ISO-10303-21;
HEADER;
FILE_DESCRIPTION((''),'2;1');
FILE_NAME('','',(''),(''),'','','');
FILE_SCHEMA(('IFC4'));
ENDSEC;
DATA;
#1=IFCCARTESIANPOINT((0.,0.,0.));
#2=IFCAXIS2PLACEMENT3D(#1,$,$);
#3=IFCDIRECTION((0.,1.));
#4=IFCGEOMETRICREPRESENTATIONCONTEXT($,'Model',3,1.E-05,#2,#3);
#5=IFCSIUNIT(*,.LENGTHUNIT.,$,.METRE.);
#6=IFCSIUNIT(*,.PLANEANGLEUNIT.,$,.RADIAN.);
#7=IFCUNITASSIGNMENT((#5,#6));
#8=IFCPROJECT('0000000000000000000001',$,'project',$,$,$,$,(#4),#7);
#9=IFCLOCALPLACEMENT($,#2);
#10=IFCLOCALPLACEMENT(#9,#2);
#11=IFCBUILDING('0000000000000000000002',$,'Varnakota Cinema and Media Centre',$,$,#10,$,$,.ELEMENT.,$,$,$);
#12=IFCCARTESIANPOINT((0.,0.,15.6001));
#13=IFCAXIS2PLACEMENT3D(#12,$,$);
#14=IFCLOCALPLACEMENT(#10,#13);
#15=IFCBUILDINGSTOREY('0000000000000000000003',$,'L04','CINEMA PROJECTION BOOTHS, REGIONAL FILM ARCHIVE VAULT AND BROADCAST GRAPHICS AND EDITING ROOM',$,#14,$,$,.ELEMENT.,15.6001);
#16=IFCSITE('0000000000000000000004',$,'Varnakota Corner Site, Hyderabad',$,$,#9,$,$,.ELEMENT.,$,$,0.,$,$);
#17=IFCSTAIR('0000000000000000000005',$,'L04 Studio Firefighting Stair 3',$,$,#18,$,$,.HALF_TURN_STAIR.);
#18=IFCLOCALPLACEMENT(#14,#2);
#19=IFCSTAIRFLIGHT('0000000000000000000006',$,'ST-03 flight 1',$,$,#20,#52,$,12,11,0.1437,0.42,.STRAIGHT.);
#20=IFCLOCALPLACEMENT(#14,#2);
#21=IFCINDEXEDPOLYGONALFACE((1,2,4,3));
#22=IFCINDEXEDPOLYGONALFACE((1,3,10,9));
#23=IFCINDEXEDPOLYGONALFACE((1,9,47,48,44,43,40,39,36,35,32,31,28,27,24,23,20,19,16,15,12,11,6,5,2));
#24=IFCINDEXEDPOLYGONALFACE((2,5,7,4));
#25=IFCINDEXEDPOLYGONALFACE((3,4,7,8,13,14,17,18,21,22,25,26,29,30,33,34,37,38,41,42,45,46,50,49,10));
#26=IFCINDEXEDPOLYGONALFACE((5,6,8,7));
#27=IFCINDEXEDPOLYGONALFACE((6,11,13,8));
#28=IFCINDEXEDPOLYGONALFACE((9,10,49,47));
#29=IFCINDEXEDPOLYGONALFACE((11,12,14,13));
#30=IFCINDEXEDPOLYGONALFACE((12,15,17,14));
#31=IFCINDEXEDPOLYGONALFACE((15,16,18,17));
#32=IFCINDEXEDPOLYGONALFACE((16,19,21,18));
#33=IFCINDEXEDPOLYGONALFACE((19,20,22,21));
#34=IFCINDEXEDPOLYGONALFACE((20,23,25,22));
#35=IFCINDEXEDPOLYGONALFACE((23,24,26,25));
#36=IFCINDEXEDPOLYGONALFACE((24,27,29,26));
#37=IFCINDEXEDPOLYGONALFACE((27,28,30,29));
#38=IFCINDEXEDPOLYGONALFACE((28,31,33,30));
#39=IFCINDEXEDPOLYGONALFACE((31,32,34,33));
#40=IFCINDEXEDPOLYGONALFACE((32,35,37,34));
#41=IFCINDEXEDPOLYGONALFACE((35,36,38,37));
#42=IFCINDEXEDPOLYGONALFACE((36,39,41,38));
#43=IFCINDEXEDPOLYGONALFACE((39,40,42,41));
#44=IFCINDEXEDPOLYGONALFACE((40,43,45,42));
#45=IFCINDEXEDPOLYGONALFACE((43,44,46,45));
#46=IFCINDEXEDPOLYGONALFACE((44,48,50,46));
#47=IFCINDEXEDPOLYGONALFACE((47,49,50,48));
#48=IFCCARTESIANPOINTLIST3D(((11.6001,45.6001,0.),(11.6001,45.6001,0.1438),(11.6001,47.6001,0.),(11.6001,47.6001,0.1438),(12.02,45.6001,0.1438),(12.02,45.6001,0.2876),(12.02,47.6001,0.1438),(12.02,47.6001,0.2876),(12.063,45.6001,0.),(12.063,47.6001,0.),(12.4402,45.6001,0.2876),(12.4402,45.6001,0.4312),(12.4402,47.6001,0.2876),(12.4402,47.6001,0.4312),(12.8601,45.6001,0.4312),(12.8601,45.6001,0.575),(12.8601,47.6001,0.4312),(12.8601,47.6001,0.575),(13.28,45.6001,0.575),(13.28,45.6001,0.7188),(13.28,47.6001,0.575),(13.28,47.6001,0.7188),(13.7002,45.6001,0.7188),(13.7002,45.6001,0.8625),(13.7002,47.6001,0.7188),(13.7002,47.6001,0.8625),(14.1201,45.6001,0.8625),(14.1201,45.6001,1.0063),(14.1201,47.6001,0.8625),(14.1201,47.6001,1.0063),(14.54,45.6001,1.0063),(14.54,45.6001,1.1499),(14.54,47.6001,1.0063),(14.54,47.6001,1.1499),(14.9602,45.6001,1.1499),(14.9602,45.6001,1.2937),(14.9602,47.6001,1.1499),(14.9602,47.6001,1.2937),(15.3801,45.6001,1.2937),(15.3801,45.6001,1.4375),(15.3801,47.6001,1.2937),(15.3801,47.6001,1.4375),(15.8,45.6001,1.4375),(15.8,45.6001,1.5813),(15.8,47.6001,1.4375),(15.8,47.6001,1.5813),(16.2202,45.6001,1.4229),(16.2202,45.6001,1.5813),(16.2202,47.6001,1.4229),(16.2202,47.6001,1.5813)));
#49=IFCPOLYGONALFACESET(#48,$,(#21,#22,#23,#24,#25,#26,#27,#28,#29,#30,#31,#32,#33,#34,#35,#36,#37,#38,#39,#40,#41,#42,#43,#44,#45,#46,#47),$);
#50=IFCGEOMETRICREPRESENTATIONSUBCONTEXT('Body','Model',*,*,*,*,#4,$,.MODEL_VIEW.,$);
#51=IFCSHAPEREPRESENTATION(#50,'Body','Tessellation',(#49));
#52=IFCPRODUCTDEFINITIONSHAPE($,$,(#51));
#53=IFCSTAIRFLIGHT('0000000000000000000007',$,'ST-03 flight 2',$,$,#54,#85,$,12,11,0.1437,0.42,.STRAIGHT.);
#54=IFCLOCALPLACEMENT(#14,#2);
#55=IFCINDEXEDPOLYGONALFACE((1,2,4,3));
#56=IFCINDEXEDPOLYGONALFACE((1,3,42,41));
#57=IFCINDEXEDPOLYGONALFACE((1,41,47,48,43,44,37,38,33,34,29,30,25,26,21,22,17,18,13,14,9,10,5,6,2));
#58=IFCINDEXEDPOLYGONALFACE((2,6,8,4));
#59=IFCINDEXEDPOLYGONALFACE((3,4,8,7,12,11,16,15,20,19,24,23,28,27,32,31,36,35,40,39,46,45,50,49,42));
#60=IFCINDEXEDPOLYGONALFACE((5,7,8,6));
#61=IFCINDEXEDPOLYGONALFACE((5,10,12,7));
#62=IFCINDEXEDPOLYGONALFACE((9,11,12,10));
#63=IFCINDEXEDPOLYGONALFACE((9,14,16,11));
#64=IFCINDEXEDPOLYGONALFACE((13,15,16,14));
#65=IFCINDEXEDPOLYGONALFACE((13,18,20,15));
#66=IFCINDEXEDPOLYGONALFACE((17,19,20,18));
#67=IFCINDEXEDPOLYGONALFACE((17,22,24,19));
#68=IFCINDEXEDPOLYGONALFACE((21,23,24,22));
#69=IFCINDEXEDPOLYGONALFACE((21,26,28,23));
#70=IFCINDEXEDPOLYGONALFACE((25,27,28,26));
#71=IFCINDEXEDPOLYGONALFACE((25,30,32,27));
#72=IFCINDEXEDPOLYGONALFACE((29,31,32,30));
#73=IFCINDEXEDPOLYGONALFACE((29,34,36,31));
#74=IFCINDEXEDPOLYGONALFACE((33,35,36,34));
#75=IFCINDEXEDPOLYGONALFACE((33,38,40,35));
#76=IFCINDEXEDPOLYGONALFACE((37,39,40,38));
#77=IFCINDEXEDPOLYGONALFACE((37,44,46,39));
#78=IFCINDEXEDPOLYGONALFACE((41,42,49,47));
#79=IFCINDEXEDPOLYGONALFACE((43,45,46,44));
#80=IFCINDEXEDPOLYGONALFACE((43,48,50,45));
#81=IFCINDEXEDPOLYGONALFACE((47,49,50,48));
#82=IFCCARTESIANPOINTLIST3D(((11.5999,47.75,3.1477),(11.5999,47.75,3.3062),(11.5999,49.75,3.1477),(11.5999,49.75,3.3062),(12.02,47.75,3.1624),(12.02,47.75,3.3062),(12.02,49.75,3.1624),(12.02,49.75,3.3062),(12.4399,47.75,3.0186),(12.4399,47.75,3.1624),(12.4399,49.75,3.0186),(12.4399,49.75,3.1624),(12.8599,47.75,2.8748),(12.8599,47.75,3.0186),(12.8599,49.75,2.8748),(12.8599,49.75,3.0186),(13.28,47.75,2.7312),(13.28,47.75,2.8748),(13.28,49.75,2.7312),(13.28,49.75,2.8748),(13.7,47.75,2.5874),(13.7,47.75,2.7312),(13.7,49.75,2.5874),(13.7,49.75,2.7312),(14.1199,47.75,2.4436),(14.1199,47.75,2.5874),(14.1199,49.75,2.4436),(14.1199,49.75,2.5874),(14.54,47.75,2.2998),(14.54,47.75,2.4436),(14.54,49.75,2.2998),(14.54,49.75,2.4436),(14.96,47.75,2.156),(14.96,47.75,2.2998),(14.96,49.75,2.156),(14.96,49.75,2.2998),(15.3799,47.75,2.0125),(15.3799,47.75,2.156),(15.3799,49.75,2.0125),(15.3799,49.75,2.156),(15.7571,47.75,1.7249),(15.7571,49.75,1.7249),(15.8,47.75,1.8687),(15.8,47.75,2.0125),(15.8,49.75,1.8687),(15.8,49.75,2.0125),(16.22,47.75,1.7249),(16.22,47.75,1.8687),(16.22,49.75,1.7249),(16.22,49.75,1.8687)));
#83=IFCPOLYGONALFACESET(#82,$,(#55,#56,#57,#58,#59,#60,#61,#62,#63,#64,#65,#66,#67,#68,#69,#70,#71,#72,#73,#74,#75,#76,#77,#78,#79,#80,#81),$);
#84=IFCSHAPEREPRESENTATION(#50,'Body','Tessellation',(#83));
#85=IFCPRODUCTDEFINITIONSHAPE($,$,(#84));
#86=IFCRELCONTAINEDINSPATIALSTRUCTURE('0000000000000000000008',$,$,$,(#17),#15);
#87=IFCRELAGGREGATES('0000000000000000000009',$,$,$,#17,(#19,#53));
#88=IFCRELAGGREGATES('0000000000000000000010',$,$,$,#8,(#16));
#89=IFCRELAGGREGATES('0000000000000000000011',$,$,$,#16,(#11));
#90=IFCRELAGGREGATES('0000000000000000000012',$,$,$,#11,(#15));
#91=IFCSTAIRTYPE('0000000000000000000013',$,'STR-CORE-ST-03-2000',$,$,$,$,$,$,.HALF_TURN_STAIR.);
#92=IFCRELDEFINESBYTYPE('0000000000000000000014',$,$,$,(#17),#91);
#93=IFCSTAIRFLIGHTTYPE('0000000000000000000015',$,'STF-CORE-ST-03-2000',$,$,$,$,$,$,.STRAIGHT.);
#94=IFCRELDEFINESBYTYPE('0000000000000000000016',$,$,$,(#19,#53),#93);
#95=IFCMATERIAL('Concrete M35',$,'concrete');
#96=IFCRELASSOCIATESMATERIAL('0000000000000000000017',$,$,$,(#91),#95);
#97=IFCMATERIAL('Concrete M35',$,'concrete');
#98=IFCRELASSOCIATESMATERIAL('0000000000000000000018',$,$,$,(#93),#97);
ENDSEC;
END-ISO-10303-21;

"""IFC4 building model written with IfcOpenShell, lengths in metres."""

from ifc_helpers import new_model, si_unit, direction, frame, origin, place, context, subcontext, project, spatial, polyline, outline, extrude, material, type_object, element, aggregate, save


model = new_model("IFC4")

# Units and contexts
model_context = context("Model", 3, precision=1e-05, world=origin(), true_north=direction((0.0, 1.0)))
body_context = subcontext(model_context, "Body", "Model", "MODEL_VIEW")
ifc_project = project(units=[si_unit("LENGTHUNIT", "METRE"), si_unit("PLANEANGLEUNIT", "RADIAN")], contexts=[model_context])

# Site, building, storey
site_placement = place(None, origin())
site = spatial("IfcSite", under=ifc_project, at=site_placement, Name="Varnakota Corner Site, Hyderabad", CompositionType="ELEMENT", RefElevation=0.0)
building_placement = place(site_placement, origin())
building = spatial("IfcBuilding", under=site, at=building_placement, Name="Varnakota Cinema and Media Centre", CompositionType="ELEMENT")
storey_placement = place(building_placement, frame((0.0, 0.0, 15.6001)))
storey = spatial("IfcBuildingStorey", under=building, at=storey_placement, Name="L04", Description="CINEMA PROJECTION BOOTHS, REGIONAL FILM ARCHIVE VAULT AND BROADCAST GRAPHICS AND EDITING ROOM", CompositionType="ELEMENT", Elevation=15.6001)

# Stair, stair flights
ifc_material_1 = material(Name="Concrete M35", Category="concrete")
stair_type = type_object("IfcStairType", Name="STR-CORE-ST-03-2000", PredefinedType="HALF_TURN_STAIR", material=ifc_material_1)
stair_placement = place(storey_placement, origin())
stair = element("IfcStair", 1, at=stair_placement, inside=storey, type_object=stair_type, Name="L04 Studio Firefighting Stair 3", PredefinedType="HALF_TURN_STAIR")
ifc_material_2 = material(Name="Concrete M35", Category="concrete")
stair_flight_type = type_object("IfcStairFlightType", Name="STF-CORE-ST-03-2000", PredefinedType="STRAIGHT", material=ifc_material_2)
stair_flight_1_placement = place(storey_placement, frame((11.6001, 46.6001, 0.0), z_axis=(0.0, 0.0, 1.0), x_axis=(1.0, 0.0, 0.0)))
stair_flight_1 = element("IfcStairFlight", 2, at=stair_flight_1_placement, type_object=stair_flight_type, Name="ST-03 flight 1", NumberOfRisers=12, NumberOfTreads=11, PredefinedType="STRAIGHT", RiserHeight=0.1437, TreadLength=0.42, context=body_context, shape_type="SweptSolid", body=[
    extrude(outline(polyline([(0.0, 0.0), (0.0, 0.1438), (0.4199, 0.1438), (0.4199, 0.2876), (0.8401, 0.2876), (0.8401, 0.4312), (1.26, 0.4312), (1.26, 0.575), (1.6799, 0.575), (1.6799, 0.7188), (2.1001, 0.7188), (2.1001, 0.8625), (2.52, 0.8625), (2.52, 1.0063), (2.9399, 1.0063), (2.9399, 1.1499), (3.3601, 1.1499), (3.3601, 1.2937), (3.78, 1.2937), (3.78, 1.4375), (4.2, 1.4375), (4.2, 1.5813), (4.6201, 1.5813), (4.6201, 1.7251), (4.6201, 1.4229), (0.4629, 0.0), (0.0, 0.0)])), frame((0.0, 1.0, 0.0), z_axis=(0.0, -1.0, 0.0), x_axis=(1.0, 0.0, 0.0)), (0.0, 0.0, 1.0), 2.0),
])
stair_flight_2_placement = place(storey_placement, frame((16.22, 48.75, 1.7249), z_axis=(0.0, 0.0, 1.0), x_axis=(-1.0, 0.0, 0.0)))
stair_flight_2 = element("IfcStairFlight", 3, at=stair_flight_2_placement, type_object=stair_flight_type, Name="ST-03 flight 2", NumberOfRisers=12, NumberOfTreads=11, PredefinedType="STRAIGHT", RiserHeight=0.1437, TreadLength=0.42, context=body_context, shape_type="SweptSolid", body=[
    extrude(outline(polyline([(0.0, 0.0), (0.0, 0.1438), (0.4199, 0.1438), (0.4199, 0.2876), (0.8401, 0.2876), (0.8401, 0.4312), (1.26, 0.4312), (1.26, 0.575), (1.6799, 0.575), (1.6799, 0.7188), (2.1001, 0.7188), (2.1001, 0.8625), (2.52, 0.8625), (2.52, 1.0063), (2.9399, 1.0063), (2.9399, 1.1499), (3.3601, 1.1499), (3.3601, 1.2937), (3.78, 1.2937), (3.78, 1.4375), (4.2, 1.4375), (4.2, 1.5813), (4.6201, 1.5813), (4.6201, 1.7251), (4.6201, 1.4229), (0.4629, 0.0), (0.0, 0.0)])), frame((0.0, 1.0, 0.0), z_axis=(0.0, -1.0, 0.0), x_axis=(1.0, 0.0, 0.0)), (0.0, 0.0, 1.0), 2.0),
])
aggregate(stair, [stair_flight_1, stair_flight_2])

save(model, "model.ifc")
